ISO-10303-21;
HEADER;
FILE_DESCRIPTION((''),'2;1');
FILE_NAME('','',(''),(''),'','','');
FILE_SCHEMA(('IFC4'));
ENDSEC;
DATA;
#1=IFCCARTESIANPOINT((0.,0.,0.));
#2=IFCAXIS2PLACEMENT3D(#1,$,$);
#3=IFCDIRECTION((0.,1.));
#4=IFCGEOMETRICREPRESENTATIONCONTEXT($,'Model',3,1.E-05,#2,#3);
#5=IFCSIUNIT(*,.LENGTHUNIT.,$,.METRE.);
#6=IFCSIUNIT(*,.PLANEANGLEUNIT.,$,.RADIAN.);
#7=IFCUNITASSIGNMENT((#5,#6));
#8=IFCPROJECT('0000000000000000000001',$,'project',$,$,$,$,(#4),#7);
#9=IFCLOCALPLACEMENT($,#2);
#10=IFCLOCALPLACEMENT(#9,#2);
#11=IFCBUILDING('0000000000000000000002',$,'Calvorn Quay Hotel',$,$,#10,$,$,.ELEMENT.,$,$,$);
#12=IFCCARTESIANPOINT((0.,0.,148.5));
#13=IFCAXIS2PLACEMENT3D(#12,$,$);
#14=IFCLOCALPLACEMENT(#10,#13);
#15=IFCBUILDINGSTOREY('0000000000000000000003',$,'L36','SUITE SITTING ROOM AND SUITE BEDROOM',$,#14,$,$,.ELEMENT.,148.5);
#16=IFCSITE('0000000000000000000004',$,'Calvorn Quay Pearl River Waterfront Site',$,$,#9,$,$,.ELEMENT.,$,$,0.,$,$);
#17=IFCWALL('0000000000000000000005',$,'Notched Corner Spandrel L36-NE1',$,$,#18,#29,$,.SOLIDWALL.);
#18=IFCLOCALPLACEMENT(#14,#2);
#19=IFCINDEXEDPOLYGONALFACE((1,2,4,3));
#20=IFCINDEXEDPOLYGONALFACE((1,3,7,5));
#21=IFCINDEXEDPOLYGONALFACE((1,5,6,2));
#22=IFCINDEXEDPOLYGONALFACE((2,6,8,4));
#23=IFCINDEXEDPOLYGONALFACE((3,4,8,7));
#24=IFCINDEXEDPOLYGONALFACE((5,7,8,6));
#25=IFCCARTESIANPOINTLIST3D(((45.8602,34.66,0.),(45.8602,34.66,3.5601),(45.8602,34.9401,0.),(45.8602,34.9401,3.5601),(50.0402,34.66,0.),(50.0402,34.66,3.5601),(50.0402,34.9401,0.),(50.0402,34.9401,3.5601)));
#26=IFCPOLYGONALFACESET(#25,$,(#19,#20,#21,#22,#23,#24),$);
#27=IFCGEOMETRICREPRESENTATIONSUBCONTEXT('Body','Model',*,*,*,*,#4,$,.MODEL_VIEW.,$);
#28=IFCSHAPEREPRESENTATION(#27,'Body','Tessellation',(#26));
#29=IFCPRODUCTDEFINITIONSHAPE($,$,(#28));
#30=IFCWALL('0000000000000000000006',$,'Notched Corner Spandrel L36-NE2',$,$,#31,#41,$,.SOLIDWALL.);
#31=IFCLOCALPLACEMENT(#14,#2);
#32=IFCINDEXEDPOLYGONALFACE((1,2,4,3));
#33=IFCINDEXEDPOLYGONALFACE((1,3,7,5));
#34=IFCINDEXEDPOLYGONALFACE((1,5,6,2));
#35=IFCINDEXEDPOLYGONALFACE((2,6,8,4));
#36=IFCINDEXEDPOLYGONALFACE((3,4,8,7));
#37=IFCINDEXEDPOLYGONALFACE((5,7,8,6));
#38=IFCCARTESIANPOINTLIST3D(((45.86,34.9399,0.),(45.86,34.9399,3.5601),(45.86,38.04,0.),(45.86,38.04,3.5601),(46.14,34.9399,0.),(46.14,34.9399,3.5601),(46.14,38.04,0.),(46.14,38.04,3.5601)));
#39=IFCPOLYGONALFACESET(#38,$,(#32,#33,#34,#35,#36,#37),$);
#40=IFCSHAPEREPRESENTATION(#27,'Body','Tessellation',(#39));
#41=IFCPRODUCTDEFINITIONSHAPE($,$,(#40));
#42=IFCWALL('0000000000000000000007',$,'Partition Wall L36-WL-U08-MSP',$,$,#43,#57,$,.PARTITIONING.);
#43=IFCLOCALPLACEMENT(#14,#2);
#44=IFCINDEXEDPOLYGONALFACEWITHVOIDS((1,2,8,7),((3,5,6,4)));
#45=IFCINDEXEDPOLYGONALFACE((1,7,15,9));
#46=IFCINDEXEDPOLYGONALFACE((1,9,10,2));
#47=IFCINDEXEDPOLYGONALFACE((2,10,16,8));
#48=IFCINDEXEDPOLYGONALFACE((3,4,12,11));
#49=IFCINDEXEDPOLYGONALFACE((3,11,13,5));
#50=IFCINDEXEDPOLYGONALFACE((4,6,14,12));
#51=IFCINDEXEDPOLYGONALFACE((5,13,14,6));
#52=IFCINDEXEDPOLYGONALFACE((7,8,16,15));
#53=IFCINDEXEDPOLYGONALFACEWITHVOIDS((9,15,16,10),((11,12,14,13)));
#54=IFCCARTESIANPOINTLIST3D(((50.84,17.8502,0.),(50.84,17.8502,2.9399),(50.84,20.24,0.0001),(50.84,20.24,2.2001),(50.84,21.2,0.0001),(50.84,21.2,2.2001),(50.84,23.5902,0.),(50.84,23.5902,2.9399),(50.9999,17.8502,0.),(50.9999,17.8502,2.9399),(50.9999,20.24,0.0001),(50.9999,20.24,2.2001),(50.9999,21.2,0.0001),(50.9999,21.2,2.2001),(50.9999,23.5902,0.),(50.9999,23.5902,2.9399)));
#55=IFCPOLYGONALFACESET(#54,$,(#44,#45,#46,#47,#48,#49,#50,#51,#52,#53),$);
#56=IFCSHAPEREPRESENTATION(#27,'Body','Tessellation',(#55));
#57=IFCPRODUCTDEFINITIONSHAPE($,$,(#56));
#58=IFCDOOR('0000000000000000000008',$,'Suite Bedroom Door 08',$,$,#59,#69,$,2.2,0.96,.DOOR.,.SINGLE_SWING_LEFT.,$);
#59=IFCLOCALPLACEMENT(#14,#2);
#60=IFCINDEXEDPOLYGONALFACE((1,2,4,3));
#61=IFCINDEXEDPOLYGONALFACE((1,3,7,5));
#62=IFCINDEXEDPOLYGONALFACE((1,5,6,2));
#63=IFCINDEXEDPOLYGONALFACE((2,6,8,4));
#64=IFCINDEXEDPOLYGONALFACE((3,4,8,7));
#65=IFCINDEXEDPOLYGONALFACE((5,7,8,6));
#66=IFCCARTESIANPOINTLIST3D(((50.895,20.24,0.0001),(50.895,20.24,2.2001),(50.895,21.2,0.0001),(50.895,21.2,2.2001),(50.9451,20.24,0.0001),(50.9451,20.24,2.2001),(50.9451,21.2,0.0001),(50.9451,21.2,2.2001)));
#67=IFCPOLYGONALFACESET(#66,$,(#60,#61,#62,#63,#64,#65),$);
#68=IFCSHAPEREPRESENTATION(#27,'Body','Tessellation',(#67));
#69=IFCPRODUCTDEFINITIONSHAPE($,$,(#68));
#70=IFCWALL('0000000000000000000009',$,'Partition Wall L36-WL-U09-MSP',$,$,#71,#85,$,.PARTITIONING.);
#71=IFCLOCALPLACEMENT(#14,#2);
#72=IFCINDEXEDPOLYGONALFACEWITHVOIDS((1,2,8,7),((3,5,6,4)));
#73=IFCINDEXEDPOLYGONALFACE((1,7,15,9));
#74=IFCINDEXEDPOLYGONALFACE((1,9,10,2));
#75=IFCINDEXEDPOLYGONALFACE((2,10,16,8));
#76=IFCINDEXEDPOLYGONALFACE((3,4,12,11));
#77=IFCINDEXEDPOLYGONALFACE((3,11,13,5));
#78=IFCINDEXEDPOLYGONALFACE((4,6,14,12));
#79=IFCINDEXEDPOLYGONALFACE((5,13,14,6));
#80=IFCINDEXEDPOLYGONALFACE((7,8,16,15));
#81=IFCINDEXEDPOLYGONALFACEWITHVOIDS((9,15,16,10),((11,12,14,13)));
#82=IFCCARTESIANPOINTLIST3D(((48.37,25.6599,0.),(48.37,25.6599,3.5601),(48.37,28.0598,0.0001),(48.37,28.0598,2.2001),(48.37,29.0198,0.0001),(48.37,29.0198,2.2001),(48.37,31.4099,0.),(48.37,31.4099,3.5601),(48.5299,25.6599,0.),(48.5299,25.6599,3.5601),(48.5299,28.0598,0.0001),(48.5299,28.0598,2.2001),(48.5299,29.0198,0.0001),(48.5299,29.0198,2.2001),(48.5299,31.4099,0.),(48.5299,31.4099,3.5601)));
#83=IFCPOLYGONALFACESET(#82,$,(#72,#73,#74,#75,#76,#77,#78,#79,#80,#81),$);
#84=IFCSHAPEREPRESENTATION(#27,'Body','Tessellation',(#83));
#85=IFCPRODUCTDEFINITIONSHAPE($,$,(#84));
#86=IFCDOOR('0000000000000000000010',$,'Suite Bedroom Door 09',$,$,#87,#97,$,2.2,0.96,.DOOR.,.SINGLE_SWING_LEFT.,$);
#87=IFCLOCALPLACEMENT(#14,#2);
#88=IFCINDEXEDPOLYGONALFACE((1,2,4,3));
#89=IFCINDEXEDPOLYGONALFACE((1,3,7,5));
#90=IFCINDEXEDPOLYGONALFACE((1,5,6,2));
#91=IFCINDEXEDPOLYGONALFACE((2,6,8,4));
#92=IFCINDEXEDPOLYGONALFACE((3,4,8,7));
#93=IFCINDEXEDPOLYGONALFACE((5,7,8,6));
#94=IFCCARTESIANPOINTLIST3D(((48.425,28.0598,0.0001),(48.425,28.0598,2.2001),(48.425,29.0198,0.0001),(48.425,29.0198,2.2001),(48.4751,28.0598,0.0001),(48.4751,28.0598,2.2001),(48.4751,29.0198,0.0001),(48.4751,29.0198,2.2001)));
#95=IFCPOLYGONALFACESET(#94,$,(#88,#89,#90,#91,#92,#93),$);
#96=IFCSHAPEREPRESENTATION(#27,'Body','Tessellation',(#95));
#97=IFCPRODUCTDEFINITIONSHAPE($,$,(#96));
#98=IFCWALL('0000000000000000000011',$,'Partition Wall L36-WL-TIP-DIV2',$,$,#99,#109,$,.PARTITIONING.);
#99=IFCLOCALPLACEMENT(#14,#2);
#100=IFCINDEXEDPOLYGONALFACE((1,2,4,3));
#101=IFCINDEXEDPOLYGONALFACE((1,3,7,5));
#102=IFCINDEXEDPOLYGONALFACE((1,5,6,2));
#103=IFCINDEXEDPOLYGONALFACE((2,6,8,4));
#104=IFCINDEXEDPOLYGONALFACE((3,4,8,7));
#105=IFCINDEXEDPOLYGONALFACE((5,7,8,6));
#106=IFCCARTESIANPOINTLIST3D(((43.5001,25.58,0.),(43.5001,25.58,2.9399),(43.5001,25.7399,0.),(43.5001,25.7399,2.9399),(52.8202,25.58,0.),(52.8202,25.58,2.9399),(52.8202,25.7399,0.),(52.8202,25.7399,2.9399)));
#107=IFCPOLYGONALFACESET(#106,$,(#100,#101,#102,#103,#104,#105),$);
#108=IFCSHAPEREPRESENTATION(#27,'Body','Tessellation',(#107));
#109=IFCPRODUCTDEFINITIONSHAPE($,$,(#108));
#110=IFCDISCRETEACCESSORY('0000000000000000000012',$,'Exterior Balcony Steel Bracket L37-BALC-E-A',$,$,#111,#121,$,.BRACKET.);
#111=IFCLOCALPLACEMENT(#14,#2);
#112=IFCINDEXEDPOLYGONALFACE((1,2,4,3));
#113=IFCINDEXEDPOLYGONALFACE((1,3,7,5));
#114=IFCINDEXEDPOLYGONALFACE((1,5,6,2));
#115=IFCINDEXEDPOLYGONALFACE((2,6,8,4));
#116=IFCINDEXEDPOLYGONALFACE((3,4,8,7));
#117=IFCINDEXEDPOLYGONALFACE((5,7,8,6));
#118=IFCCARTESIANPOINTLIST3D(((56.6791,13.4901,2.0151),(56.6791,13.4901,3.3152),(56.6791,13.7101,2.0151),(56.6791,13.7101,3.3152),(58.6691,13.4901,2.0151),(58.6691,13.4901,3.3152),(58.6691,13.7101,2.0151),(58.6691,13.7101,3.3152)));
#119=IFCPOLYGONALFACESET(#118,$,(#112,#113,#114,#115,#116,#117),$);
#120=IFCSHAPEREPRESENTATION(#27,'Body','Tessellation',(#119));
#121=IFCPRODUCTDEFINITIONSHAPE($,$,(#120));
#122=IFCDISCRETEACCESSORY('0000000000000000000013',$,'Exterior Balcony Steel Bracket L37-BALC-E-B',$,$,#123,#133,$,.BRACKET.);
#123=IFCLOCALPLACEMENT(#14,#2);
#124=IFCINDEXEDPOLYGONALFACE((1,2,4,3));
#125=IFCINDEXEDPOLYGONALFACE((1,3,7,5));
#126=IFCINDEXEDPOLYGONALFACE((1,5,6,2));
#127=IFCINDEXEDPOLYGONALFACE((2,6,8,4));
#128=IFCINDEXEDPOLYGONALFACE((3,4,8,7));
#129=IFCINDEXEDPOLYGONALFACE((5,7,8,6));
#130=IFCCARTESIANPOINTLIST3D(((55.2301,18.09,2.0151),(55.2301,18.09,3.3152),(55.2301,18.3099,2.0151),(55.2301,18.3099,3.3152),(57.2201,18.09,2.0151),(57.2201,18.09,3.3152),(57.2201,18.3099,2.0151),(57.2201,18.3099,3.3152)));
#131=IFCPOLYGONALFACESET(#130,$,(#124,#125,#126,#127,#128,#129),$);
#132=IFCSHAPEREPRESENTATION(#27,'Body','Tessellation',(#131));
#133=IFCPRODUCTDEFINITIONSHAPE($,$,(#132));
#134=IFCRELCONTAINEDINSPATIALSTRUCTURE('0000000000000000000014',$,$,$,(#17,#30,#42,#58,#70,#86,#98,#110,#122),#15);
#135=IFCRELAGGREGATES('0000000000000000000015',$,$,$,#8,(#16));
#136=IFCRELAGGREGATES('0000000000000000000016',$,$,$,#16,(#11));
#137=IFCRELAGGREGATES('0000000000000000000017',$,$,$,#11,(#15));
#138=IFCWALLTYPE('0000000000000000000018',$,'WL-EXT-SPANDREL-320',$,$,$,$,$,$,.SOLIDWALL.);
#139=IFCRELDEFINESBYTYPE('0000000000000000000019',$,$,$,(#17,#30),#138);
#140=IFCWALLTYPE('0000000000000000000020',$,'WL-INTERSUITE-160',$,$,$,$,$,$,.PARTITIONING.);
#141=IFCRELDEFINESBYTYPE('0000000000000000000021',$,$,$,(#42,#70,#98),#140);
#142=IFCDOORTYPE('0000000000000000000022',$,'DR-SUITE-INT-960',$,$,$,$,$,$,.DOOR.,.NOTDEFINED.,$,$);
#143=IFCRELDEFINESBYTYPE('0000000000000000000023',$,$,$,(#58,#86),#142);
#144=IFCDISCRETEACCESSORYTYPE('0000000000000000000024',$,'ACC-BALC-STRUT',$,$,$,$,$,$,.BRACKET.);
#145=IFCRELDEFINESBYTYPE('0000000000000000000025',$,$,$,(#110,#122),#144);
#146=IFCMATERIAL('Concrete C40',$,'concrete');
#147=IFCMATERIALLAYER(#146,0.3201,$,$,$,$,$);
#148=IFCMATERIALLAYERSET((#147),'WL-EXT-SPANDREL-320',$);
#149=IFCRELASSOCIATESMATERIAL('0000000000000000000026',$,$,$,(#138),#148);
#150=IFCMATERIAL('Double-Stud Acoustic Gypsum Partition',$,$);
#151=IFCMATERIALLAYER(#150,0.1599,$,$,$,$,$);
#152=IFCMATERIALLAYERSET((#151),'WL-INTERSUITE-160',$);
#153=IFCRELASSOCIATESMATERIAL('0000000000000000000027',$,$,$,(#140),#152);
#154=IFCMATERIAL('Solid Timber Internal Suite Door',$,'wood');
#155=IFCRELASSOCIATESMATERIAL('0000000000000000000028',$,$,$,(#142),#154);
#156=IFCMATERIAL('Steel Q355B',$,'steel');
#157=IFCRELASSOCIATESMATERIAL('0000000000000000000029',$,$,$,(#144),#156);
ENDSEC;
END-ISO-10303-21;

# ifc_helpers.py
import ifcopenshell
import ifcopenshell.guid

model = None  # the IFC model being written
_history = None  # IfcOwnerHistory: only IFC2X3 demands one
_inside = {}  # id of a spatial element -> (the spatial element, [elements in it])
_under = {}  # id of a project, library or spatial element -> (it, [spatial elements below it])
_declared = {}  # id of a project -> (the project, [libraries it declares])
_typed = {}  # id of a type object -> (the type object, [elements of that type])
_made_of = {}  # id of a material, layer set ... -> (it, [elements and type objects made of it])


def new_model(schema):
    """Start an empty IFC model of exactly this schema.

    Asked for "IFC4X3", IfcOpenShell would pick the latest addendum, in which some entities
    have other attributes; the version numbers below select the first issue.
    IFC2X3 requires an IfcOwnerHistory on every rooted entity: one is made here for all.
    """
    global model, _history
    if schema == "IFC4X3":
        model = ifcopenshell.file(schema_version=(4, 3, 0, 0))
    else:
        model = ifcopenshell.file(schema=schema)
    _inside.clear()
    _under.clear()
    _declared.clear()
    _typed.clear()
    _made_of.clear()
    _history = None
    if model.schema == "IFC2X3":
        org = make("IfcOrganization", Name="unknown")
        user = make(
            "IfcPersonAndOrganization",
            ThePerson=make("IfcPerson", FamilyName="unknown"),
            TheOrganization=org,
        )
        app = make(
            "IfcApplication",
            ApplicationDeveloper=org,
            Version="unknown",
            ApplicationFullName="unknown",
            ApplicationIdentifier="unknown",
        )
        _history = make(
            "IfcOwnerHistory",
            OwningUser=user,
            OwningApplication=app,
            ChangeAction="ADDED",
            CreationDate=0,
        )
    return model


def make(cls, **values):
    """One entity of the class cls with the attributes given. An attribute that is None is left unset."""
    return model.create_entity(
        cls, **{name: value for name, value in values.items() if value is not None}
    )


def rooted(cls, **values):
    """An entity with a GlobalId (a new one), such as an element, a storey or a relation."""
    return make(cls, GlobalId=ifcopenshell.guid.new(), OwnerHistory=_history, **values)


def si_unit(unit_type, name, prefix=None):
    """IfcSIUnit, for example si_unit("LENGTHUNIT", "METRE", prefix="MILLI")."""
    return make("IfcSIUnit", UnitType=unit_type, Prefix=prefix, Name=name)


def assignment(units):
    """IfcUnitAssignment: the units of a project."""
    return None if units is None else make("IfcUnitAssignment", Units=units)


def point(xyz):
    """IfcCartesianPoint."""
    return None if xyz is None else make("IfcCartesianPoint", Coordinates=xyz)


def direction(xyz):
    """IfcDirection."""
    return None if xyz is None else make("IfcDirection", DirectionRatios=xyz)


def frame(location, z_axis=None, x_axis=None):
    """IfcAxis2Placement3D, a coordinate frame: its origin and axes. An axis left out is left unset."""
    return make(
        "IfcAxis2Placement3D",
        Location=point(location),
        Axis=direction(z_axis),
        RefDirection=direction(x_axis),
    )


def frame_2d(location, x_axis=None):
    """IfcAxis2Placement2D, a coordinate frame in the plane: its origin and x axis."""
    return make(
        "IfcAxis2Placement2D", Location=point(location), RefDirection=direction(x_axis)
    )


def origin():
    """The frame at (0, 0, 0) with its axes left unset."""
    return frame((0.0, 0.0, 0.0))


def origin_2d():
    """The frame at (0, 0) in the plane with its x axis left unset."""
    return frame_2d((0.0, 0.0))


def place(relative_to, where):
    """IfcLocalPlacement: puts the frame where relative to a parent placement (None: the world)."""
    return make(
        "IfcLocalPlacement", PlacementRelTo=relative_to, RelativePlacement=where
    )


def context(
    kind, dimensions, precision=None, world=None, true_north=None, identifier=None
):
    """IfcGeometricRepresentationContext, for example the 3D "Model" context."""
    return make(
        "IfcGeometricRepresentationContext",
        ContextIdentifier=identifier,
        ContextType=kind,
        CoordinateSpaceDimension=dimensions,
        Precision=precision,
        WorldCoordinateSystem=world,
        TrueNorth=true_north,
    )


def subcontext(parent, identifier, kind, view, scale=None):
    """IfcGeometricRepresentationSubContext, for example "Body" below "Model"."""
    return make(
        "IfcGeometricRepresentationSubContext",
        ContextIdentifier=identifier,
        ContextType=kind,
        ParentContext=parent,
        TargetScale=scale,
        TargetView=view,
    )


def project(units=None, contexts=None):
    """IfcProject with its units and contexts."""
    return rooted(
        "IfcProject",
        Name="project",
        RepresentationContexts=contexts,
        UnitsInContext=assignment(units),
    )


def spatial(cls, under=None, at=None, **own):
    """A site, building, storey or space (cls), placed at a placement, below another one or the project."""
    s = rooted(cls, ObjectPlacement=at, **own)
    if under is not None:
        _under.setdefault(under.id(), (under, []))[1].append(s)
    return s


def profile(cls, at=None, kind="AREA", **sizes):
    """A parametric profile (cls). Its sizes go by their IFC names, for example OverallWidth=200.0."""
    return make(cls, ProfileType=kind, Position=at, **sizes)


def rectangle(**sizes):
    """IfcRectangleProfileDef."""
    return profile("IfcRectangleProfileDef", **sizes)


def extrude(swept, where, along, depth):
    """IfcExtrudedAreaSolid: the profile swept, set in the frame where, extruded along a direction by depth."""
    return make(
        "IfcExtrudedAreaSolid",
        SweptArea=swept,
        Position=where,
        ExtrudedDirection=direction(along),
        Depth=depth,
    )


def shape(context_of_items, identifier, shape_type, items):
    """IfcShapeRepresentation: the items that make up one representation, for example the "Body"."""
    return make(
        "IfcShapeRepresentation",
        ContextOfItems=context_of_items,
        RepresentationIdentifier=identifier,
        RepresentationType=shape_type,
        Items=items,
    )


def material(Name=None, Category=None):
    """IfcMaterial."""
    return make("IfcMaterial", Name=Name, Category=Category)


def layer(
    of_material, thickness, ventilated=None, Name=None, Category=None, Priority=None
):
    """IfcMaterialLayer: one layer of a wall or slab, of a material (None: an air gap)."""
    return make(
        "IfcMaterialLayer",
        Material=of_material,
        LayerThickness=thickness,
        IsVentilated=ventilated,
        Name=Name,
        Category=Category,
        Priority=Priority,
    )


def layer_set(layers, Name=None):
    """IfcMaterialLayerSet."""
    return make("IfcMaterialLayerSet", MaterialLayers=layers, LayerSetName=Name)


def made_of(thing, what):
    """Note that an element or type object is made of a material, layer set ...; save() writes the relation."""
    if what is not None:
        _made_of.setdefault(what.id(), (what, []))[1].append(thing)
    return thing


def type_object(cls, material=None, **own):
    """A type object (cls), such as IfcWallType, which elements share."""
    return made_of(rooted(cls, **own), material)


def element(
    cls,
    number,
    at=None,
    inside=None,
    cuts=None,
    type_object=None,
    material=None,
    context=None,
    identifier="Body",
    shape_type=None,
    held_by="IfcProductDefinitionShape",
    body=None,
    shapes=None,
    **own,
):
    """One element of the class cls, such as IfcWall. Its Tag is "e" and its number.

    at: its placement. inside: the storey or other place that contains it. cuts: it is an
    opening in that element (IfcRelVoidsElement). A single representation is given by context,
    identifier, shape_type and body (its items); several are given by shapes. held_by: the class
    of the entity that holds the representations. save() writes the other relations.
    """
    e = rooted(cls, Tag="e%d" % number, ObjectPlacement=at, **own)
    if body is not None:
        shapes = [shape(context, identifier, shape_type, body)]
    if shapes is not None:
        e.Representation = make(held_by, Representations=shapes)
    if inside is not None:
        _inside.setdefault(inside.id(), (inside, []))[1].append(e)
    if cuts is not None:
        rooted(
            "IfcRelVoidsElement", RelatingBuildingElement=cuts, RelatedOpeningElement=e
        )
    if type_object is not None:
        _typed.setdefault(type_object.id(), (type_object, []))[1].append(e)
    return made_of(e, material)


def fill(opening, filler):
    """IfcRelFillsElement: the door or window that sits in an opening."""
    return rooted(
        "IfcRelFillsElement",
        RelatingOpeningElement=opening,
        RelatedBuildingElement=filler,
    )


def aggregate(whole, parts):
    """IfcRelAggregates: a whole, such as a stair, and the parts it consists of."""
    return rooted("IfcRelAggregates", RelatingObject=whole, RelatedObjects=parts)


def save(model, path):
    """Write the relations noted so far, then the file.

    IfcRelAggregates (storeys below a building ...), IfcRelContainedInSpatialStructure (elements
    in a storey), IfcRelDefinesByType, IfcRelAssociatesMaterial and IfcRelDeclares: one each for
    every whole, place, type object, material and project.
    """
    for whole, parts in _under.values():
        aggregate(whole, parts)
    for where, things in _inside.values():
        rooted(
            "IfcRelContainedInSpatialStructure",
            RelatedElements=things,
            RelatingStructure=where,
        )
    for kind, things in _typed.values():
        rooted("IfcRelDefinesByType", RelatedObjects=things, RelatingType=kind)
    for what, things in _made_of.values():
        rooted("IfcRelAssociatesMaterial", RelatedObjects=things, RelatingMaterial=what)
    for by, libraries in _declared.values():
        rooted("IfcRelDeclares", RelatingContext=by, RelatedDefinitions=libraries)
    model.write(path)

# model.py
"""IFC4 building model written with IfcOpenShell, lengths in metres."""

from ifc_helpers import new_model, si_unit, direction, frame, frame_2d, origin, origin_2d, place, context, subcontext, project, spatial, rectangle, extrude, material, layer, layer_set, type_object, element, fill, save


model = new_model("IFC4")

# Units and contexts
model_context = context("Model", 3, precision=1e-05, world=origin(), true_north=direction((0.0, 1.0)))
body_context = subcontext(model_context, "Body", "Model", "MODEL_VIEW")
ifc_project = project(units=[si_unit("LENGTHUNIT", "METRE"), si_unit("PLANEANGLEUNIT", "RADIAN")], contexts=[model_context])

# Site, building, storey
site_placement = place(None, origin())
site = spatial("IfcSite", under=ifc_project, at=site_placement, Name="Calvorn Quay Pearl River Waterfront Site", CompositionType="ELEMENT", RefElevation=0.0)
building_placement = place(site_placement, origin())
building = spatial("IfcBuilding", under=site, at=building_placement, Name="Calvorn Quay Hotel", CompositionType="ELEMENT")
storey_placement = place(building_placement, frame((0.0, 0.0, 148.5)))
storey = spatial("IfcBuildingStorey", under=building, at=storey_placement, Name="L36", Description="SUITE SITTING ROOM AND SUITE BEDROOM", CompositionType="ELEMENT", Elevation=148.5)

# Walls
ifc_material_1 = material(Name="Concrete C40", Category="concrete")
ifc_layer_1 = layer(ifc_material_1, 0.3201)
ifc_layer_set_1 = layer_set([ifc_layer_1], Name="WL-EXT-SPANDREL-320")
wall_type_1 = type_object("IfcWallType", Name="WL-EXT-SPANDREL-320", PredefinedType="SOLIDWALL", material=ifc_layer_set_1)
wall_1_placement = place(storey_placement, frame((50.04, 34.8, 0.0), z_axis=(0.0, 0.0, 1.0), x_axis=(-1.0, 0.0, 0.0)))
element("IfcWall", 1, at=wall_1_placement, inside=storey, type_object=wall_type_1, Name="Notched Corner Spandrel L36-NE1", PredefinedType="SOLIDWALL", context=body_context, shape_type="SweptSolid", body=[
    extrude(rectangle(XDim=4.1799, YDim=0.28, at=frame_2d((2.0898, 0.0))), origin(), (0.0, 0.0, 1.0), 3.5601),
])
wall_2_placement = place(storey_placement, frame((46.0, 34.9399, 0.0), z_axis=(0.0, 0.0, 1.0), x_axis=(0.0, 1.0, 0.0)))
element("IfcWall", 2, at=wall_2_placement, inside=storey, type_object=wall_type_1, Name="Notched Corner Spandrel L36-NE2", PredefinedType="SOLIDWALL", context=body_context, shape_type="SweptSolid", body=[
    extrude(rectangle(XDim=3.1001, YDim=0.28, at=frame_2d((1.55, 0.0))), origin(), (0.0, 0.0, 1.0), 3.5601),
])

# Walls, openings, doors
ifc_material_2 = material(Name="Double-Stud Acoustic Gypsum Partition")
ifc_layer_2 = layer(ifc_material_2, 0.1599)
ifc_layer_set_2 = layer_set([ifc_layer_2], Name="WL-INTERSUITE-160")
wall_type_2 = type_object("IfcWallType", Name="WL-INTERSUITE-160", PredefinedType="PARTITIONING", material=ifc_layer_set_2)
wall_3_placement = place(storey_placement, frame((50.9199, 17.8501, 0.0), z_axis=(0.0, 0.0, 1.0), x_axis=(0.0, 1.0, 0.0)))
wall_3 = element("IfcWall", 3, at=wall_3_placement, inside=storey, type_object=wall_type_2, Name="Partition Wall L36-WL-U08-MSP", PredefinedType="PARTITIONING", context=body_context, shape_type="SweptSolid", body=[
    extrude(rectangle(XDim=5.74, YDim=0.1599, at=frame_2d((2.8701, 0.0))), origin(), (0.0, 0.0, 1.0), 2.9399),
])
opening_1_placement = place(wall_3_placement, frame((2.3899, 0.0, 0.0)))
opening_1 = element("IfcOpeningElement", 4, at=opening_1_placement, cuts=wall_3, PredefinedType="OPENING", context=body_context, shape_type="SweptSolid", body=[
    extrude(rectangle(XDim=0.96, YDim=2.2, at=frame_2d((0.48, 1.1001))), frame((0.0, 0.0898, 0.0), z_axis=(0.0, -1.0, 0.0), x_axis=(1.0, 0.0, 0.0)), (0.0, 0.0, 1.0), 0.1799),
])
ifc_material_3 = material(Name="Solid Timber Internal Suite Door", Category="wood")
door_type_1 = type_object("IfcDoorType", Name="DR-SUITE-INT-960", OperationType="NOTDEFINED", PredefinedType="DOOR", material=ifc_material_3)
door_1_placement = place(opening_1_placement, origin())
door_1 = element("IfcDoor", 5, at=door_1_placement, inside=storey, type_object=door_type_1, Name="Suite Bedroom Door 08", OperationType="SINGLE_SWING_LEFT", OverallHeight=2.2, OverallWidth=0.96, PredefinedType="DOOR", context=body_context, shape_type="SweptSolid", body=[
    extrude(rectangle(XDim=0.96, YDim=2.2, at=frame_2d((0.48, 1.1001))), frame((0.0, 0.0249, 0.0), z_axis=(0.0, -1.0, 0.0), x_axis=(1.0, 0.0, 0.0)), (0.0, 0.0, 1.0), 0.05),
])
fill(opening_1, door_1)
wall_4_placement = place(storey_placement, frame((48.45, 25.6599, 0.0), z_axis=(0.0, 0.0, 1.0), x_axis=(0.0, 1.0, 0.0)))
wall_4 = element("IfcWall", 6, at=wall_4_placement, inside=storey, type_object=wall_type_2, Name="Partition Wall L36-WL-U09-MSP", PredefinedType="PARTITIONING", context=body_context, shape_type="SweptSolid", body=[
    extrude(rectangle(XDim=5.75, YDim=0.1599, at=frame_2d((2.875, 0.0))), origin(), (0.0, 0.0, 1.0), 3.5601),
])
opening_2_placement = place(wall_4_placement, frame((2.3999, 0.0, 0.0)))
opening_2 = element("IfcOpeningElement", 7, at=opening_2_placement, cuts=wall_4, PredefinedType="OPENING", context=body_context, shape_type="SweptSolid", body=[
    extrude(rectangle(XDim=0.96, YDim=2.2, at=frame_2d((0.48, 1.1001))), frame((0.0, 0.0898, 0.0), z_axis=(0.0, -1.0, 0.0), x_axis=(1.0, 0.0, 0.0)), (0.0, 0.0, 1.0), 0.1799),
])
door_2_placement = place(opening_2_placement, origin())
door_2 = element("IfcDoor", 8, at=door_2_placement, inside=storey, type_object=door_type_1, Name="Suite Bedroom Door 09", OperationType="SINGLE_SWING_LEFT", OverallHeight=2.2, OverallWidth=0.96, PredefinedType="DOOR", context=body_context, shape_type="SweptSolid", body=[
    extrude(rectangle(XDim=0.96, YDim=2.2, at=frame_2d((0.48, 1.1001))), frame((0.0, 0.0249, 0.0), z_axis=(0.0, -1.0, 0.0), x_axis=(1.0, 0.0, 0.0)), (0.0, 0.0, 1.0), 0.05),
])
fill(opening_2, door_2)

# Wall
wall_5_placement = place(storey_placement, frame((43.5, 25.6599, 0.0), z_axis=(0.0, 0.0, 1.0), x_axis=(1.0, 0.0, 0.0)))
element("IfcWall", 9, at=wall_5_placement, inside=storey, type_object=wall_type_2, Name="Partition Wall L36-WL-TIP-DIV2", PredefinedType="PARTITIONING", context=body_context, shape_type="SweptSolid", body=[
    extrude(rectangle(XDim=9.3201, YDim=0.1599, at=frame_2d((4.6602, 0.0))), origin(), (0.0, 0.0, 1.0), 2.9399),
])

# Discrete accessories
ifc_material_4 = material(Name="Steel Q355B", Category="steel")
discrete_accessory_type = type_object("IfcDiscreteAccessoryType", Name="ACC-BALC-STRUT", PredefinedType="BRACKET", material=ifc_material_4)
for number, where, z_axis, x_axis, name in (
    (10, (57.6741, 13.6001, 2.0151), (0.0, 0.0, 1.0), (1.0, 0.0, 0.0), "Exterior Balcony Steel Bracket L37-BALC-E-A"),
    (11, (56.2251, 18.2, 2.0151), (0.0, 0.0, 1.0), (1.0, 0.0, 0.0), "Exterior Balcony Steel Bracket L37-BALC-E-B"),
):
    element("IfcDiscreteAccessory", number, at=place(storey_placement, frame(where, z_axis=z_axis, x_axis=x_axis)), inside=storey, type_object=discrete_accessory_type, Name=name, PredefinedType="BRACKET", context=body_context, shape_type="SweptSolid", body=[
        extrude(rectangle(XDim=1.99, YDim=0.22, at=origin_2d()), origin(), (0.0, 0.0, 1.0), 1.3),
    ])

save(model, "model.ifc")
